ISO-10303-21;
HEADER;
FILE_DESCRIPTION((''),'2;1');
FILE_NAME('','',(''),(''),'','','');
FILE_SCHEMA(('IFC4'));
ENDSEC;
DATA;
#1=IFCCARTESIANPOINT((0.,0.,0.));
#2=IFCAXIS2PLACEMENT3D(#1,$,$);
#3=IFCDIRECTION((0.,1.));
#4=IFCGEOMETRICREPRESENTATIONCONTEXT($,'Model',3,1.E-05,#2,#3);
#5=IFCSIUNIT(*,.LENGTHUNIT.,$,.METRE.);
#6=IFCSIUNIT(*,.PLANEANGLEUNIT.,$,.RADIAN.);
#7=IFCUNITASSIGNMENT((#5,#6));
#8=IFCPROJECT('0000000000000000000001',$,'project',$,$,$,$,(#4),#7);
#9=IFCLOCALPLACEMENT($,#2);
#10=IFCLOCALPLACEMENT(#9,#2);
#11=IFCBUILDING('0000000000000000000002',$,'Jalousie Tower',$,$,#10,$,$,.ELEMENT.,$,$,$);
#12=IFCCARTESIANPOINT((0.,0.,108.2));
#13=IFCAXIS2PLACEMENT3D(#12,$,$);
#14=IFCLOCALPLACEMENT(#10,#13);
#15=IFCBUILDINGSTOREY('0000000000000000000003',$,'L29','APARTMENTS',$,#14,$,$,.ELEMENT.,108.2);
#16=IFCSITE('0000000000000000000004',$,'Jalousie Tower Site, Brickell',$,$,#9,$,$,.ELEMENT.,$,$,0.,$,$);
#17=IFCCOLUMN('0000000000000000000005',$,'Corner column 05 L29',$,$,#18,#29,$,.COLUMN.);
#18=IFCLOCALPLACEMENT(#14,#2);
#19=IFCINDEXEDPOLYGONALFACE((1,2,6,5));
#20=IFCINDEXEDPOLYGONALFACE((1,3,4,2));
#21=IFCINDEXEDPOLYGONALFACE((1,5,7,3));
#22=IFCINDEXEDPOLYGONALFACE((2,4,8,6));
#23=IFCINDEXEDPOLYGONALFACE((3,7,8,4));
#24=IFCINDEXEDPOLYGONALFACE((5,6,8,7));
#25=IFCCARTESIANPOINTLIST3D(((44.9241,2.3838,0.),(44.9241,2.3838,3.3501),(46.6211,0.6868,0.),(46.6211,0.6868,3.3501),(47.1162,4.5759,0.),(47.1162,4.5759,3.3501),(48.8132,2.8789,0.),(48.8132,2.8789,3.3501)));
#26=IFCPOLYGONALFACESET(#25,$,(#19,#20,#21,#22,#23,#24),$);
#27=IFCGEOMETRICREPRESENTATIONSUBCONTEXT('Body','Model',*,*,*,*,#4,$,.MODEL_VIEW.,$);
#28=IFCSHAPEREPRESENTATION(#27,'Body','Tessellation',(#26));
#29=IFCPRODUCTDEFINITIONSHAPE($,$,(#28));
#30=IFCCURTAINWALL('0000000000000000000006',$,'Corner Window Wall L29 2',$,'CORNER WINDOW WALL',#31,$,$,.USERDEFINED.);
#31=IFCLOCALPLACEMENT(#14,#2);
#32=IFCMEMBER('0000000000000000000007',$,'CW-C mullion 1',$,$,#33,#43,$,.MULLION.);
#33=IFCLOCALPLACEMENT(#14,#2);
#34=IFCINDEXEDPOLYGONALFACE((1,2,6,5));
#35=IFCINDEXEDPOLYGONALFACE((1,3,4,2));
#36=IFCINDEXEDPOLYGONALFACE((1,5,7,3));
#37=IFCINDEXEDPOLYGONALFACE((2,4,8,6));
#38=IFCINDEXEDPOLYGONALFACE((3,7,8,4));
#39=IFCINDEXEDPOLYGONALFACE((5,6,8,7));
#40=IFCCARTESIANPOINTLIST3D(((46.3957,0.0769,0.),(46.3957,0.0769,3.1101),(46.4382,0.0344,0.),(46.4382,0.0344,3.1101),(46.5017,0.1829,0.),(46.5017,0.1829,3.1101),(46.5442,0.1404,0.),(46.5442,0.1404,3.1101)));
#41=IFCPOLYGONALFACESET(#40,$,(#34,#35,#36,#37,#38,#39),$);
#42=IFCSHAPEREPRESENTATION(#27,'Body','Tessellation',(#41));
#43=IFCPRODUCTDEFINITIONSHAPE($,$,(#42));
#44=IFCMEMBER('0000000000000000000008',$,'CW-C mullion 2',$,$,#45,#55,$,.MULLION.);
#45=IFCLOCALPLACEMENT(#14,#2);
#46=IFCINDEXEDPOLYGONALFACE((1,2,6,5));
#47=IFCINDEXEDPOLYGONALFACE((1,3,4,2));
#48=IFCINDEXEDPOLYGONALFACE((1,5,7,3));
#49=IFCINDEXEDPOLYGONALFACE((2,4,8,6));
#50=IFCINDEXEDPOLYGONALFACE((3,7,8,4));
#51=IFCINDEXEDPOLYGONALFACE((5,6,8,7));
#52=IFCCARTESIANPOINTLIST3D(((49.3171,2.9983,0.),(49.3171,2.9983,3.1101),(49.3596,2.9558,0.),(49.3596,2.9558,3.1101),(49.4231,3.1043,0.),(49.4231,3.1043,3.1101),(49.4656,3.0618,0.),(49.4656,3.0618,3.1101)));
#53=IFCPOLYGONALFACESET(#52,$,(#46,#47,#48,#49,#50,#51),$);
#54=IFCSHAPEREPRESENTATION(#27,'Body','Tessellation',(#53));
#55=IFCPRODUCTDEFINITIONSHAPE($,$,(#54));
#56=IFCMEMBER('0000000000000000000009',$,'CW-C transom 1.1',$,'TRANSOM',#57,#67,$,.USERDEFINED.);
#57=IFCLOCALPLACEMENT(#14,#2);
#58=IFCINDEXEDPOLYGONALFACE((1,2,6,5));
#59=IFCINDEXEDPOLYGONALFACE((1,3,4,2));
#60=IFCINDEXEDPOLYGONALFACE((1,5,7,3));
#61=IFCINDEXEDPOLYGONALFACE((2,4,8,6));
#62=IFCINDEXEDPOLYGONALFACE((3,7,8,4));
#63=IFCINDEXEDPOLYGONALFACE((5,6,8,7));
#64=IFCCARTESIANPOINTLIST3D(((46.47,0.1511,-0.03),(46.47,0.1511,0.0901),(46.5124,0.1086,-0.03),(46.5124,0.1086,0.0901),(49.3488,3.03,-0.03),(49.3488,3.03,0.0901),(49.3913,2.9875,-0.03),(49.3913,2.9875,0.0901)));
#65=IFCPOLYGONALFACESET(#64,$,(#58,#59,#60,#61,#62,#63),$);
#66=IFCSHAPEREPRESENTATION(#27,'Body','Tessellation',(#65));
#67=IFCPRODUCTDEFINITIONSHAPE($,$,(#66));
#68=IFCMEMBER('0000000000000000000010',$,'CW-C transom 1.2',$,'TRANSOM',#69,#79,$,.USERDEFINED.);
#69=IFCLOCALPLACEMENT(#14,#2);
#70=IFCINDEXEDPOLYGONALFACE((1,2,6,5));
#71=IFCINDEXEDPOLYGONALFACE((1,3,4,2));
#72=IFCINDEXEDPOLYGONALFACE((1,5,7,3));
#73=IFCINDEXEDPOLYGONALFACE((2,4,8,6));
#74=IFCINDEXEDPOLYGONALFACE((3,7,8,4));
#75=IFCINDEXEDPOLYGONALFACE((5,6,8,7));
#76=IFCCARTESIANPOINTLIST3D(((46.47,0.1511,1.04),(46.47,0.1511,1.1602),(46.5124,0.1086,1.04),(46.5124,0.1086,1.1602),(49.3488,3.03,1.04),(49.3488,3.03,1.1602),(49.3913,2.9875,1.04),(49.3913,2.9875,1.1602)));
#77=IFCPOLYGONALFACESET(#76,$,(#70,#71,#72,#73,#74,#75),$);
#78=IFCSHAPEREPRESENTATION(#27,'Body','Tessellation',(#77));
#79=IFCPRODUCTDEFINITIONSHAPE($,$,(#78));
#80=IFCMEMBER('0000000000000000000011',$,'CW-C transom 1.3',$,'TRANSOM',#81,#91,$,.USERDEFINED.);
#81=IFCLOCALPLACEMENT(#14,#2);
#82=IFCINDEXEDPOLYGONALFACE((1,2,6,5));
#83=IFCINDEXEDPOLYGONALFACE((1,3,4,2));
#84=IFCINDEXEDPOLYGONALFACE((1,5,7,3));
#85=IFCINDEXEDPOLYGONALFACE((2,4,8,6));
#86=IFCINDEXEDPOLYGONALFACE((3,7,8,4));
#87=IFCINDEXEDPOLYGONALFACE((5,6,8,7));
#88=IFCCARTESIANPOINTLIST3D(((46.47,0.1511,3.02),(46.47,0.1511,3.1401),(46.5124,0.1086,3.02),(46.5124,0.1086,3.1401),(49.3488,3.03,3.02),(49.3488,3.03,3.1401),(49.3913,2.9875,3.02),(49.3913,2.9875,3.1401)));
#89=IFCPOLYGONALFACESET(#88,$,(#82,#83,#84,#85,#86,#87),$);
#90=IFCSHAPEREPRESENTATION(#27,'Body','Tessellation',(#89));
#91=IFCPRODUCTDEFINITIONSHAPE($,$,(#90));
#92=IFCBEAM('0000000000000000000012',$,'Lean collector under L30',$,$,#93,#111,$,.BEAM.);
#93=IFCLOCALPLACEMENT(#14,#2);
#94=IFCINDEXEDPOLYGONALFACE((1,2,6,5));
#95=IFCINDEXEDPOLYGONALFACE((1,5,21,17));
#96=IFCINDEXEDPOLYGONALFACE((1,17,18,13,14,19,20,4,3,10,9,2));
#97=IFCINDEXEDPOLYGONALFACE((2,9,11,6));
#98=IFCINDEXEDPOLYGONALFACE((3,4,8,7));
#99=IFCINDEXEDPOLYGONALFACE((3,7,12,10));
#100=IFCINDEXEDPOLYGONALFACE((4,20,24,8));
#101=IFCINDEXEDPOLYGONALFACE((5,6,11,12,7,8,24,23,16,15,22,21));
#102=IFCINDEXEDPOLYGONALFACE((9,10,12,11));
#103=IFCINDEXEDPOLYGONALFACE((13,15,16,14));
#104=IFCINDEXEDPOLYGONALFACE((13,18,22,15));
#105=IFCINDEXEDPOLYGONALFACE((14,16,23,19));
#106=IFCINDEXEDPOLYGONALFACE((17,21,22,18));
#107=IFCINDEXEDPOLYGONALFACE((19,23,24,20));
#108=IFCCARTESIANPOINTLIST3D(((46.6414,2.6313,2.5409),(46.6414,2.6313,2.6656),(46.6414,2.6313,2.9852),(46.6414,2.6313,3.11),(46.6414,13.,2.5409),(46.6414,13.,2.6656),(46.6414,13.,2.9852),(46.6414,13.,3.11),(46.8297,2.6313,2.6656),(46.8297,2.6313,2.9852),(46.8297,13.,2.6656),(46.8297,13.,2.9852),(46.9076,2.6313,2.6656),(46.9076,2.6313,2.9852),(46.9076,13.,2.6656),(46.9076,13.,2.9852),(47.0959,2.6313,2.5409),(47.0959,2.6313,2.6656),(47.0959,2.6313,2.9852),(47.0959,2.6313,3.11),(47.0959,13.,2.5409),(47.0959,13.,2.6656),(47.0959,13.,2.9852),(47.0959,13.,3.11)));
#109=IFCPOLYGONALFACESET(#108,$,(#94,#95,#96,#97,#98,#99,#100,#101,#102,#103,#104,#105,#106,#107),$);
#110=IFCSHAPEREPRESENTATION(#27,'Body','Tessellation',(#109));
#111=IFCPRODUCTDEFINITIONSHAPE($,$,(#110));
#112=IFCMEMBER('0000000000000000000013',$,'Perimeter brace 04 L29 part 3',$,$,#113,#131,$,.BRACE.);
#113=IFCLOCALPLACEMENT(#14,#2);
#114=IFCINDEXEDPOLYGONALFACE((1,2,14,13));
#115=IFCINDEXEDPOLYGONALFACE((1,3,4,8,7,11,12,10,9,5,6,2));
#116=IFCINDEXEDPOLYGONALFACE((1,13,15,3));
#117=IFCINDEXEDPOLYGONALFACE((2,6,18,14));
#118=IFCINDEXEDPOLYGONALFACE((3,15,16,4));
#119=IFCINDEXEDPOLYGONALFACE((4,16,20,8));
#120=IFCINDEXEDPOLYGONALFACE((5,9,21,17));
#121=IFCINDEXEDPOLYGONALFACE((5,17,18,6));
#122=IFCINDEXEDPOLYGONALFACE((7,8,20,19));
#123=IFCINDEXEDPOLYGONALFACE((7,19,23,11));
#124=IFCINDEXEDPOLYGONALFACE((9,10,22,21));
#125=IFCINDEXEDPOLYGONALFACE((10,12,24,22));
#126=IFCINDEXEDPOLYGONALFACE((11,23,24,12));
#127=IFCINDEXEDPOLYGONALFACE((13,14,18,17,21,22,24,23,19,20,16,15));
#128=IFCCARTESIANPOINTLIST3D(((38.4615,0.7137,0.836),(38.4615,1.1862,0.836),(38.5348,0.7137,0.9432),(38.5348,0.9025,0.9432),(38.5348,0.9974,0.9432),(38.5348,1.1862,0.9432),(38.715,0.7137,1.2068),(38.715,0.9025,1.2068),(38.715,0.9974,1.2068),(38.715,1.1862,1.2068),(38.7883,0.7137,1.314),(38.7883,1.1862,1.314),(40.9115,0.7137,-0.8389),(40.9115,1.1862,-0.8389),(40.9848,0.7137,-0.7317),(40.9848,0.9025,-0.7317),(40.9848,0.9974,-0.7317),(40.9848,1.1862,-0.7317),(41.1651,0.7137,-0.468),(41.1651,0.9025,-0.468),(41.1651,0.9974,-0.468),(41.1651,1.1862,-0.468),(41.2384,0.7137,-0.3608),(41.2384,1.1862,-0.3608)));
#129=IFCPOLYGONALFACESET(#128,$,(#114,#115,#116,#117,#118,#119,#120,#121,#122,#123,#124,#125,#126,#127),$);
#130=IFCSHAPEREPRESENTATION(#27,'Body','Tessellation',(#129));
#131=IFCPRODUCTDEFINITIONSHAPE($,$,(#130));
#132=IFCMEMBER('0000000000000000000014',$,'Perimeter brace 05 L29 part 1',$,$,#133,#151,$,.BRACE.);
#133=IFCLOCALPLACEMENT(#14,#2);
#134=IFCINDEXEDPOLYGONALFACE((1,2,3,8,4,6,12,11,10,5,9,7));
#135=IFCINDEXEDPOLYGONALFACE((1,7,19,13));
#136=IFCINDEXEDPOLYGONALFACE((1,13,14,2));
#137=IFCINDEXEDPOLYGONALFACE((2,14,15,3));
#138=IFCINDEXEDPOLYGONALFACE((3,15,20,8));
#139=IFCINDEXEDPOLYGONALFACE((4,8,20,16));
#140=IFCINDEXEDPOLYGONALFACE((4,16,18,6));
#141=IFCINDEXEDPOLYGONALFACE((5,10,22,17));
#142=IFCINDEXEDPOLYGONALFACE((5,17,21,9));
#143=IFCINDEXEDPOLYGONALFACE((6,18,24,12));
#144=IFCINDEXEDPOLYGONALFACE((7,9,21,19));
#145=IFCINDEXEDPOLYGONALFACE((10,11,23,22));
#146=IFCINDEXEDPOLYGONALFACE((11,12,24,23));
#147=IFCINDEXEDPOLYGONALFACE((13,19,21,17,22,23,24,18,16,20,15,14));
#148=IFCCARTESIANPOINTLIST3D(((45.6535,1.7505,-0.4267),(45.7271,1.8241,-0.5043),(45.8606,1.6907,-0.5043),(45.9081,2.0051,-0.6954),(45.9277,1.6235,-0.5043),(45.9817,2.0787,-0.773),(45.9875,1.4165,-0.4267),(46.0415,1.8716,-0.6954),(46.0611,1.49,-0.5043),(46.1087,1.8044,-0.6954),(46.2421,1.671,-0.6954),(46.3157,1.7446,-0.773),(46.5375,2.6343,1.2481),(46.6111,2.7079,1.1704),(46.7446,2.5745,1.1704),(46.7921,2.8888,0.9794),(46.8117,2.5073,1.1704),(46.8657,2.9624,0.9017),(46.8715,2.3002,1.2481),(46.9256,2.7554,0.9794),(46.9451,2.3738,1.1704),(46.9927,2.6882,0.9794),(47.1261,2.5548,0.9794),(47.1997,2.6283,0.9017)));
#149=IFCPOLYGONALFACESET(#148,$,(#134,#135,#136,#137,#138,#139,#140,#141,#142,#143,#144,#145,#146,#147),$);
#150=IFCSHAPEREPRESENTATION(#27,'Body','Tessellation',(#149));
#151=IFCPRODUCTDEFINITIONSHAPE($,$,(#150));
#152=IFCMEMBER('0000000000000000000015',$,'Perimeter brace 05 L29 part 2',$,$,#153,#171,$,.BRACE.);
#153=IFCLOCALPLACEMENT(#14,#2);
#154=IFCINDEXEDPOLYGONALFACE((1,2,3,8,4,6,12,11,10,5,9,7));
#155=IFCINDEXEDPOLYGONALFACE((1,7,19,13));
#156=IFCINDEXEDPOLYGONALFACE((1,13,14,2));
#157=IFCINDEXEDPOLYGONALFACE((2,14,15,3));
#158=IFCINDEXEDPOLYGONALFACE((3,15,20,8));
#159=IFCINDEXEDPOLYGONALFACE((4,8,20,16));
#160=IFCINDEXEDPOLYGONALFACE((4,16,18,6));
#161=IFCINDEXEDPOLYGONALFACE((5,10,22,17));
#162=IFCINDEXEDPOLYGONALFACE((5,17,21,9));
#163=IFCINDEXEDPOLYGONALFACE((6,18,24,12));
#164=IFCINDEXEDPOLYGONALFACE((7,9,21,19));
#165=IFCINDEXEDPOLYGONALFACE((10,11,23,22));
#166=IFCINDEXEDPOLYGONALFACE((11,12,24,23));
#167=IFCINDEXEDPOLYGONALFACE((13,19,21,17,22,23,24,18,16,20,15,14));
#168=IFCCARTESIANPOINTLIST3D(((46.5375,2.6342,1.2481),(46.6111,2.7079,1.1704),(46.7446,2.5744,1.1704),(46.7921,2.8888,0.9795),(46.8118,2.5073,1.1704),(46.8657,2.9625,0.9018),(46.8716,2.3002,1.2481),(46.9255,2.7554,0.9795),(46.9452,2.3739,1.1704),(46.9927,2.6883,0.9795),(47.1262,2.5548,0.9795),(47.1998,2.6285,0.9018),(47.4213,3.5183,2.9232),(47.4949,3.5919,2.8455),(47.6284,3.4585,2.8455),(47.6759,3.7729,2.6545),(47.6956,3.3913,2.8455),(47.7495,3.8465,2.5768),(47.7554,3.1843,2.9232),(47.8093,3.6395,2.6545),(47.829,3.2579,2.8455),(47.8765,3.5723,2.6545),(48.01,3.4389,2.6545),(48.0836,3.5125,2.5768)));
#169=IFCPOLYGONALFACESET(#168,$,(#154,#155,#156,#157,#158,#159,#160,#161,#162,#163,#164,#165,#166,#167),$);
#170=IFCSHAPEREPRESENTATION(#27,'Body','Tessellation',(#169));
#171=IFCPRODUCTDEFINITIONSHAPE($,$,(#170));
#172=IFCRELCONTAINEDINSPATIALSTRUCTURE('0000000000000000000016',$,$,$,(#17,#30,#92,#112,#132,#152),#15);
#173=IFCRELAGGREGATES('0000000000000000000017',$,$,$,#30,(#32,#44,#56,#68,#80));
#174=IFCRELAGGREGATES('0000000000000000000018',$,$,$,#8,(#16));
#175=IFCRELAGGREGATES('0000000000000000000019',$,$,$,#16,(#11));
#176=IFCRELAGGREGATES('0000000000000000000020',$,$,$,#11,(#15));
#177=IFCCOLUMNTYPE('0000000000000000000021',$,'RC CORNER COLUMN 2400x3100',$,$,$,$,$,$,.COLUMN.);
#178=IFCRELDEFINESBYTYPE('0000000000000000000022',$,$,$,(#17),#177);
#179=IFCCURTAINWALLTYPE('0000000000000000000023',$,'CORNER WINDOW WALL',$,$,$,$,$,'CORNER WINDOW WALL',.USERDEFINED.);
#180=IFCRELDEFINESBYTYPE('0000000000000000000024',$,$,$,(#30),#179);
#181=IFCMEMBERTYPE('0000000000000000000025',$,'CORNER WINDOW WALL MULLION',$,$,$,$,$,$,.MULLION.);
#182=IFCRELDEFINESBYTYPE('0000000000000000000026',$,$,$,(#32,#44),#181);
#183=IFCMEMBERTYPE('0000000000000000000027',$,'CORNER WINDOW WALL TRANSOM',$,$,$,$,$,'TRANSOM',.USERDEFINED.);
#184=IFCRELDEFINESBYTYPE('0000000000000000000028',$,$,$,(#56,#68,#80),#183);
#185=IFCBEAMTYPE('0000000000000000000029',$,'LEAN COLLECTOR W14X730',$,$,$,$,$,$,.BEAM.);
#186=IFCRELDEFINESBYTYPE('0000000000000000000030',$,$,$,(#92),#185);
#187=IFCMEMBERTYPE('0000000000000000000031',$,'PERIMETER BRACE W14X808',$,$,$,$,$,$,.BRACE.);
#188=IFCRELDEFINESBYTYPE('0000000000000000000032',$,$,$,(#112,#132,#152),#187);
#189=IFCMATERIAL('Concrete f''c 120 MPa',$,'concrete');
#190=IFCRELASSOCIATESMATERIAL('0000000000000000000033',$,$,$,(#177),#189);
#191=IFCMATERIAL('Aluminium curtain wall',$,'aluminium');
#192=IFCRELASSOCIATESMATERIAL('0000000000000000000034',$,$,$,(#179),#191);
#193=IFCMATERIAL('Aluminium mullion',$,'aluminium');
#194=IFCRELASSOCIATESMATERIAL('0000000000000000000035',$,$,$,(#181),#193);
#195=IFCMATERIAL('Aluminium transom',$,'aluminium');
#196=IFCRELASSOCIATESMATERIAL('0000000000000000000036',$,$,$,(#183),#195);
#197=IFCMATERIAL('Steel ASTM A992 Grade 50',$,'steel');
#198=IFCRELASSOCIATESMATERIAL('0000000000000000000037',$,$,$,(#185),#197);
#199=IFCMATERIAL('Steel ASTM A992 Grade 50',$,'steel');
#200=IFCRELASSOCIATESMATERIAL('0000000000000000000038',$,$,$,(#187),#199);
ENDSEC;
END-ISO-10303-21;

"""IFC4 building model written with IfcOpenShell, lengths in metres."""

from ifc_helpers import new_model, si_unit, direction, frame, origin, origin_2d, place, context, subcontext, project, spatial, rectangle, i_section, extrude, material, material_profile, profile_set, type_object, element, aggregate, save


model = new_model("IFC4")

# Units and contexts
model_context = context("Model", 3, precision=1e-05, world=origin(), true_north=direction((0.0, 1.0)))
body_context = subcontext(model_context, "Body", "Model", "MODEL_VIEW")
ifc_project = project(units=[si_unit("LENGTHUNIT", "METRE"), si_unit("PLANEANGLEUNIT", "RADIAN")], contexts=[model_context])

# Site, building, storey
site_placement = place(None, origin())
site = spatial("IfcSite", under=ifc_project, at=site_placement, Name="Jalousie Tower Site, Brickell", CompositionType="ELEMENT", RefElevation=0.0)
building_placement = place(site_placement, origin())
building = spatial("IfcBuilding", under=site, at=building_placement, Name="Jalousie Tower", CompositionType="ELEMENT")
storey_placement = place(building_placement, frame((0.0, 0.0, 108.2)))
storey = spatial("IfcBuildingStorey", under=building, at=storey_placement, Name="L29", Description="APARTMENTS", CompositionType="ELEMENT", Elevation=108.2)

# Column
ifc_material_1 = material(Name="Concrete f'c 120 MPa", Category="concrete")
ifc_material_profile_1 = material_profile(ifc_material_1, rectangle(XDim=2.3999, YDim=3.1001, at=origin_2d()), Name="RC 2400x3100")
ifc_profile_set_1 = profile_set([ifc_material_profile_1], Name="Concrete f'c 120 MPa")
column_type = type_object("IfcColumnType", Name="RC CORNER COLUMN 2400x3100", PredefinedType="COLUMN", material=ifc_profile_set_1)
column_placement = place(storey_placement, frame((46.8687, 2.6313, 0.0), z_axis=(0.0, 0.0, 1.0), x_axis=(-0.707107, 0.707107, 0.0)))
element("IfcColumn", 1, at=column_placement, inside=storey, type_object=column_type, Name="Corner column 05 L29", PredefinedType="COLUMN", context=body_context, shape_type="SweptSolid", body=[
    extrude(rectangle(XDim=2.3999, YDim=3.1001, at=origin_2d()), origin(), (0.0, 0.0, 1.0), 3.3501),
])

# Curtain wall, members
ifc_material_2 = material(Name="Aluminium curtain wall", Category="aluminium")
curtain_wall_type_1 = type_object("IfcCurtainWallType", Name="CORNER WINDOW WALL", ElementType="CORNER WINDOW WALL", PredefinedType="USERDEFINED", material=ifc_material_2)
curtain_wall_1_placement = place(storey_placement, origin())
curtain_wall_1 = element("IfcCurtainWall", 2, at=curtain_wall_1_placement, inside=storey, type_object=curtain_wall_type_1, Name="Corner Window Wall L29 2", ObjectType="CORNER WINDOW WALL", PredefinedType="USERDEFINED")
ifc_material_3 = material(Name="Aluminium mullion", Category="aluminium")
ifc_material_profile_2 = material_profile(ifc_material_3, rectangle(XDim=0.0601, YDim=0.1499, at=origin_2d()), Name="MULLION 60x150")
ifc_profile_set_2 = profile_set([ifc_material_profile_2], Name="Aluminium mullion")
member_type_1 = type_object("IfcMemberType", Name="CORNER WINDOW WALL MULLION", PredefinedType="MULLION", material=ifc_profile_set_2)
member_1_placement = place(storey_placement, frame((46.47, 0.1086, 0.0), z_axis=(0.0, 0.0, 1.0), x_axis=(-0.707107, 0.707107, 0.0)))
member_1 = element("IfcMember", 3, at=member_1_placement, type_object=member_type_1, Name="CW-C mullion 1", PredefinedType="MULLION", context=body_context, shape_type="SweptSolid", body=[
    extrude(rectangle(XDim=0.0601, YDim=0.1499, at=origin_2d()), origin(), (0.0, 0.0, 1.0), 3.1101),
])
member_2_placement = place(storey_placement, frame((49.3914, 3.03, 0.0), z_axis=(0.0, 0.0, 1.0), x_axis=(-0.707107, 0.707107, 0.0)))
member_2 = element("IfcMember", 4, at=member_2_placement, type_object=member_type_1, Name="CW-C mullion 2", PredefinedType="MULLION", context=body_context, shape_type="SweptSolid", body=[
    extrude(rectangle(XDim=0.0601, YDim=0.1499, at=origin_2d()), origin(), (0.0, 0.0, 1.0), 3.1101),
])
ifc_material_4 = material(Name="Aluminium transom", Category="aluminium")
ifc_material_profile_3 = material_profile(ifc_material_4, rectangle(XDim=0.0601, YDim=0.1201, at=origin_2d()), Name="TRANSOM 60x120")
ifc_profile_set_3 = profile_set([ifc_material_profile_3], Name="Aluminium transom")
member_type_2 = type_object("IfcMemberType", Name="CORNER WINDOW WALL TRANSOM", ElementType="TRANSOM", PredefinedType="USERDEFINED", material=ifc_profile_set_3)
member_3_placement = place(storey_placement, frame((46.4912, 0.1299, 0.03), z_axis=(0.707107, 0.707107, 0.0), x_axis=(-0.707107, 0.707107, 0.0)))
member_3 = element("IfcMember", 5, at=member_3_placement, type_object=member_type_2, Name="CW-C transom 1.1", ObjectType="TRANSOM", PredefinedType="USERDEFINED", context=body_context, shape_type="SweptSolid", body=[
    extrude(rectangle(XDim=0.0601, YDim=0.1201, at=origin_2d()), origin(), (0.0, 0.0, 1.0), 4.0713),
])
member_4_placement = place(storey_placement, frame((46.4912, 0.1299, 1.1001), z_axis=(0.707107, 0.707107, 0.0), x_axis=(-0.707107, 0.707107, 0.0)))
member_4 = element("IfcMember", 6, at=member_4_placement, type_object=member_type_2, Name="CW-C transom 1.2", ObjectType="TRANSOM", PredefinedType="USERDEFINED", context=body_context, shape_type="SweptSolid", body=[
    extrude(rectangle(XDim=0.0601, YDim=0.1201, at=origin_2d()), origin(), (0.0, 0.0, 1.0), 4.0713),
])
member_5_placement = place(storey_placement, frame((46.4912, 0.1299, 3.0801), z_axis=(0.707107, 0.707107, 0.0), x_axis=(-0.707107, 0.707107, 0.0)))
member_5 = element("IfcMember", 7, at=member_5_placement, type_object=member_type_2, Name="CW-C transom 1.3", ObjectType="TRANSOM", PredefinedType="USERDEFINED", context=body_context, shape_type="SweptSolid", body=[
    extrude(rectangle(XDim=0.0601, YDim=0.1201, at=origin_2d()), origin(), (0.0, 0.0, 1.0), 4.0713),
])

# Beam
ifc_material_5 = material(Name="Steel ASTM A992 Grade 50", Category="steel")
ifc_material_profile_4 = material_profile(ifc_material_5, i_section(OverallWidth=0.4546, OverallDepth=0.5691, WebThickness=0.0779, FlangeThickness=0.1248, at=origin_2d()), Name="W14X730")
ifc_profile_set_4 = profile_set([ifc_material_profile_4], Name="Steel ASTM A992 Grade 50")
beam_type_1 = type_object("IfcBeamType", Name="LEAN COLLECTOR W14X730", PredefinedType="BEAM", material=ifc_profile_set_4)
beam_1_placement = place(storey_placement, frame((46.8687, 2.6313, 2.8254), z_axis=(0.0, 1.0, 0.0), x_axis=(-1.0, 0.0, 0.0)))
element("IfcBeam", 8, at=beam_1_placement, inside=storey, type_object=beam_type_1, Name="Lean collector under L30", PredefinedType="BEAM", context=body_context, shape_type="SweptSolid", body=[
    extrude(i_section(OverallWidth=0.4546, OverallDepth=0.5691, WebThickness=0.0779, FlangeThickness=0.1248, at=origin_2d()), origin(), (0.0, 0.0, 1.0), 10.3687),
])

# Members
ifc_material_6 = material(Name="Steel ASTM A992 Grade 50", Category="steel")
ifc_material_profile_5 = material_profile(ifc_material_6, i_section(OverallWidth=0.4724, OverallDepth=0.5791, WebThickness=0.095, FlangeThickness=0.1299, at=origin_2d()), Name="W14X808")
ifc_profile_set_5 = profile_set([ifc_material_profile_5], Name="Steel ASTM A992 Grade 50")
member_type_3 = type_object("IfcMemberType", Name="PERIMETER BRACE W14X808", PredefinedType="BRACE", material=ifc_profile_set_5)
member_6_placement = place(storey_placement, frame((41.075, 0.95, -0.5999), z_axis=(-0.825539, 0.0, 0.564345), x_axis=(0.0, -1.0, 0.0)))
element("IfcMember", 9, at=member_6_placement, inside=storey, type_object=member_type_3, Name="Perimeter brace 04 L29 part 3", PredefinedType="BRACE", context=body_context, shape_type="SweptSolid", body=[
    extrude(i_section(OverallWidth=0.4724, OverallDepth=0.5791, WebThickness=0.095, FlangeThickness=0.1299, at=origin_2d()), origin(), (0.0, 0.0, 1.0), 2.9678),
])
member_7_placement = place(storey_placement, frame((45.9846, 1.7476, -0.5999), z_axis=(0.423008, 0.422891, 0.801391), x_axis=(-0.707009, 0.707204, 0.0)))
element("IfcMember", 10, at=member_7_placement, inside=storey, type_object=member_type_3, Name="Perimeter brace 05 L29 part 1", PredefinedType="BRACE", context=body_context, shape_type="SweptSolid", body=[
    extrude(i_section(OverallWidth=0.4724, OverallDepth=0.5791, WebThickness=0.095, FlangeThickness=0.1299, at=origin_2d()), origin(), (0.0, 0.0, 1.0), 2.0898),
])
for number, where, z_axis, x_axis, name in (
    (11, (46.8687, 2.6313, 1.075), (0.422852, 0.422969, 0.801432), (-0.707204, 0.707009, 0.0), "Perimeter brace 05 L29 part 2"),
):
    element("IfcMember", number, at=place(storey_placement, frame(where, z_axis=z_axis, x_axis=x_axis)), inside=storey, type_object=member_type_3, Name=name, PredefinedType="BRACE", context=body_context, shape_type="SweptSolid", body=[
        extrude(i_section(OverallWidth=0.4724, OverallDepth=0.5791, WebThickness=0.095, FlangeThickness=0.1299, at=origin_2d()), origin(), (0.0, 0.0, 1.0), 2.0901),
    ])

aggregate(curtain_wall_1, [member_1, member_2, member_3, member_4, member_5])

save(model, "model.ifc")
